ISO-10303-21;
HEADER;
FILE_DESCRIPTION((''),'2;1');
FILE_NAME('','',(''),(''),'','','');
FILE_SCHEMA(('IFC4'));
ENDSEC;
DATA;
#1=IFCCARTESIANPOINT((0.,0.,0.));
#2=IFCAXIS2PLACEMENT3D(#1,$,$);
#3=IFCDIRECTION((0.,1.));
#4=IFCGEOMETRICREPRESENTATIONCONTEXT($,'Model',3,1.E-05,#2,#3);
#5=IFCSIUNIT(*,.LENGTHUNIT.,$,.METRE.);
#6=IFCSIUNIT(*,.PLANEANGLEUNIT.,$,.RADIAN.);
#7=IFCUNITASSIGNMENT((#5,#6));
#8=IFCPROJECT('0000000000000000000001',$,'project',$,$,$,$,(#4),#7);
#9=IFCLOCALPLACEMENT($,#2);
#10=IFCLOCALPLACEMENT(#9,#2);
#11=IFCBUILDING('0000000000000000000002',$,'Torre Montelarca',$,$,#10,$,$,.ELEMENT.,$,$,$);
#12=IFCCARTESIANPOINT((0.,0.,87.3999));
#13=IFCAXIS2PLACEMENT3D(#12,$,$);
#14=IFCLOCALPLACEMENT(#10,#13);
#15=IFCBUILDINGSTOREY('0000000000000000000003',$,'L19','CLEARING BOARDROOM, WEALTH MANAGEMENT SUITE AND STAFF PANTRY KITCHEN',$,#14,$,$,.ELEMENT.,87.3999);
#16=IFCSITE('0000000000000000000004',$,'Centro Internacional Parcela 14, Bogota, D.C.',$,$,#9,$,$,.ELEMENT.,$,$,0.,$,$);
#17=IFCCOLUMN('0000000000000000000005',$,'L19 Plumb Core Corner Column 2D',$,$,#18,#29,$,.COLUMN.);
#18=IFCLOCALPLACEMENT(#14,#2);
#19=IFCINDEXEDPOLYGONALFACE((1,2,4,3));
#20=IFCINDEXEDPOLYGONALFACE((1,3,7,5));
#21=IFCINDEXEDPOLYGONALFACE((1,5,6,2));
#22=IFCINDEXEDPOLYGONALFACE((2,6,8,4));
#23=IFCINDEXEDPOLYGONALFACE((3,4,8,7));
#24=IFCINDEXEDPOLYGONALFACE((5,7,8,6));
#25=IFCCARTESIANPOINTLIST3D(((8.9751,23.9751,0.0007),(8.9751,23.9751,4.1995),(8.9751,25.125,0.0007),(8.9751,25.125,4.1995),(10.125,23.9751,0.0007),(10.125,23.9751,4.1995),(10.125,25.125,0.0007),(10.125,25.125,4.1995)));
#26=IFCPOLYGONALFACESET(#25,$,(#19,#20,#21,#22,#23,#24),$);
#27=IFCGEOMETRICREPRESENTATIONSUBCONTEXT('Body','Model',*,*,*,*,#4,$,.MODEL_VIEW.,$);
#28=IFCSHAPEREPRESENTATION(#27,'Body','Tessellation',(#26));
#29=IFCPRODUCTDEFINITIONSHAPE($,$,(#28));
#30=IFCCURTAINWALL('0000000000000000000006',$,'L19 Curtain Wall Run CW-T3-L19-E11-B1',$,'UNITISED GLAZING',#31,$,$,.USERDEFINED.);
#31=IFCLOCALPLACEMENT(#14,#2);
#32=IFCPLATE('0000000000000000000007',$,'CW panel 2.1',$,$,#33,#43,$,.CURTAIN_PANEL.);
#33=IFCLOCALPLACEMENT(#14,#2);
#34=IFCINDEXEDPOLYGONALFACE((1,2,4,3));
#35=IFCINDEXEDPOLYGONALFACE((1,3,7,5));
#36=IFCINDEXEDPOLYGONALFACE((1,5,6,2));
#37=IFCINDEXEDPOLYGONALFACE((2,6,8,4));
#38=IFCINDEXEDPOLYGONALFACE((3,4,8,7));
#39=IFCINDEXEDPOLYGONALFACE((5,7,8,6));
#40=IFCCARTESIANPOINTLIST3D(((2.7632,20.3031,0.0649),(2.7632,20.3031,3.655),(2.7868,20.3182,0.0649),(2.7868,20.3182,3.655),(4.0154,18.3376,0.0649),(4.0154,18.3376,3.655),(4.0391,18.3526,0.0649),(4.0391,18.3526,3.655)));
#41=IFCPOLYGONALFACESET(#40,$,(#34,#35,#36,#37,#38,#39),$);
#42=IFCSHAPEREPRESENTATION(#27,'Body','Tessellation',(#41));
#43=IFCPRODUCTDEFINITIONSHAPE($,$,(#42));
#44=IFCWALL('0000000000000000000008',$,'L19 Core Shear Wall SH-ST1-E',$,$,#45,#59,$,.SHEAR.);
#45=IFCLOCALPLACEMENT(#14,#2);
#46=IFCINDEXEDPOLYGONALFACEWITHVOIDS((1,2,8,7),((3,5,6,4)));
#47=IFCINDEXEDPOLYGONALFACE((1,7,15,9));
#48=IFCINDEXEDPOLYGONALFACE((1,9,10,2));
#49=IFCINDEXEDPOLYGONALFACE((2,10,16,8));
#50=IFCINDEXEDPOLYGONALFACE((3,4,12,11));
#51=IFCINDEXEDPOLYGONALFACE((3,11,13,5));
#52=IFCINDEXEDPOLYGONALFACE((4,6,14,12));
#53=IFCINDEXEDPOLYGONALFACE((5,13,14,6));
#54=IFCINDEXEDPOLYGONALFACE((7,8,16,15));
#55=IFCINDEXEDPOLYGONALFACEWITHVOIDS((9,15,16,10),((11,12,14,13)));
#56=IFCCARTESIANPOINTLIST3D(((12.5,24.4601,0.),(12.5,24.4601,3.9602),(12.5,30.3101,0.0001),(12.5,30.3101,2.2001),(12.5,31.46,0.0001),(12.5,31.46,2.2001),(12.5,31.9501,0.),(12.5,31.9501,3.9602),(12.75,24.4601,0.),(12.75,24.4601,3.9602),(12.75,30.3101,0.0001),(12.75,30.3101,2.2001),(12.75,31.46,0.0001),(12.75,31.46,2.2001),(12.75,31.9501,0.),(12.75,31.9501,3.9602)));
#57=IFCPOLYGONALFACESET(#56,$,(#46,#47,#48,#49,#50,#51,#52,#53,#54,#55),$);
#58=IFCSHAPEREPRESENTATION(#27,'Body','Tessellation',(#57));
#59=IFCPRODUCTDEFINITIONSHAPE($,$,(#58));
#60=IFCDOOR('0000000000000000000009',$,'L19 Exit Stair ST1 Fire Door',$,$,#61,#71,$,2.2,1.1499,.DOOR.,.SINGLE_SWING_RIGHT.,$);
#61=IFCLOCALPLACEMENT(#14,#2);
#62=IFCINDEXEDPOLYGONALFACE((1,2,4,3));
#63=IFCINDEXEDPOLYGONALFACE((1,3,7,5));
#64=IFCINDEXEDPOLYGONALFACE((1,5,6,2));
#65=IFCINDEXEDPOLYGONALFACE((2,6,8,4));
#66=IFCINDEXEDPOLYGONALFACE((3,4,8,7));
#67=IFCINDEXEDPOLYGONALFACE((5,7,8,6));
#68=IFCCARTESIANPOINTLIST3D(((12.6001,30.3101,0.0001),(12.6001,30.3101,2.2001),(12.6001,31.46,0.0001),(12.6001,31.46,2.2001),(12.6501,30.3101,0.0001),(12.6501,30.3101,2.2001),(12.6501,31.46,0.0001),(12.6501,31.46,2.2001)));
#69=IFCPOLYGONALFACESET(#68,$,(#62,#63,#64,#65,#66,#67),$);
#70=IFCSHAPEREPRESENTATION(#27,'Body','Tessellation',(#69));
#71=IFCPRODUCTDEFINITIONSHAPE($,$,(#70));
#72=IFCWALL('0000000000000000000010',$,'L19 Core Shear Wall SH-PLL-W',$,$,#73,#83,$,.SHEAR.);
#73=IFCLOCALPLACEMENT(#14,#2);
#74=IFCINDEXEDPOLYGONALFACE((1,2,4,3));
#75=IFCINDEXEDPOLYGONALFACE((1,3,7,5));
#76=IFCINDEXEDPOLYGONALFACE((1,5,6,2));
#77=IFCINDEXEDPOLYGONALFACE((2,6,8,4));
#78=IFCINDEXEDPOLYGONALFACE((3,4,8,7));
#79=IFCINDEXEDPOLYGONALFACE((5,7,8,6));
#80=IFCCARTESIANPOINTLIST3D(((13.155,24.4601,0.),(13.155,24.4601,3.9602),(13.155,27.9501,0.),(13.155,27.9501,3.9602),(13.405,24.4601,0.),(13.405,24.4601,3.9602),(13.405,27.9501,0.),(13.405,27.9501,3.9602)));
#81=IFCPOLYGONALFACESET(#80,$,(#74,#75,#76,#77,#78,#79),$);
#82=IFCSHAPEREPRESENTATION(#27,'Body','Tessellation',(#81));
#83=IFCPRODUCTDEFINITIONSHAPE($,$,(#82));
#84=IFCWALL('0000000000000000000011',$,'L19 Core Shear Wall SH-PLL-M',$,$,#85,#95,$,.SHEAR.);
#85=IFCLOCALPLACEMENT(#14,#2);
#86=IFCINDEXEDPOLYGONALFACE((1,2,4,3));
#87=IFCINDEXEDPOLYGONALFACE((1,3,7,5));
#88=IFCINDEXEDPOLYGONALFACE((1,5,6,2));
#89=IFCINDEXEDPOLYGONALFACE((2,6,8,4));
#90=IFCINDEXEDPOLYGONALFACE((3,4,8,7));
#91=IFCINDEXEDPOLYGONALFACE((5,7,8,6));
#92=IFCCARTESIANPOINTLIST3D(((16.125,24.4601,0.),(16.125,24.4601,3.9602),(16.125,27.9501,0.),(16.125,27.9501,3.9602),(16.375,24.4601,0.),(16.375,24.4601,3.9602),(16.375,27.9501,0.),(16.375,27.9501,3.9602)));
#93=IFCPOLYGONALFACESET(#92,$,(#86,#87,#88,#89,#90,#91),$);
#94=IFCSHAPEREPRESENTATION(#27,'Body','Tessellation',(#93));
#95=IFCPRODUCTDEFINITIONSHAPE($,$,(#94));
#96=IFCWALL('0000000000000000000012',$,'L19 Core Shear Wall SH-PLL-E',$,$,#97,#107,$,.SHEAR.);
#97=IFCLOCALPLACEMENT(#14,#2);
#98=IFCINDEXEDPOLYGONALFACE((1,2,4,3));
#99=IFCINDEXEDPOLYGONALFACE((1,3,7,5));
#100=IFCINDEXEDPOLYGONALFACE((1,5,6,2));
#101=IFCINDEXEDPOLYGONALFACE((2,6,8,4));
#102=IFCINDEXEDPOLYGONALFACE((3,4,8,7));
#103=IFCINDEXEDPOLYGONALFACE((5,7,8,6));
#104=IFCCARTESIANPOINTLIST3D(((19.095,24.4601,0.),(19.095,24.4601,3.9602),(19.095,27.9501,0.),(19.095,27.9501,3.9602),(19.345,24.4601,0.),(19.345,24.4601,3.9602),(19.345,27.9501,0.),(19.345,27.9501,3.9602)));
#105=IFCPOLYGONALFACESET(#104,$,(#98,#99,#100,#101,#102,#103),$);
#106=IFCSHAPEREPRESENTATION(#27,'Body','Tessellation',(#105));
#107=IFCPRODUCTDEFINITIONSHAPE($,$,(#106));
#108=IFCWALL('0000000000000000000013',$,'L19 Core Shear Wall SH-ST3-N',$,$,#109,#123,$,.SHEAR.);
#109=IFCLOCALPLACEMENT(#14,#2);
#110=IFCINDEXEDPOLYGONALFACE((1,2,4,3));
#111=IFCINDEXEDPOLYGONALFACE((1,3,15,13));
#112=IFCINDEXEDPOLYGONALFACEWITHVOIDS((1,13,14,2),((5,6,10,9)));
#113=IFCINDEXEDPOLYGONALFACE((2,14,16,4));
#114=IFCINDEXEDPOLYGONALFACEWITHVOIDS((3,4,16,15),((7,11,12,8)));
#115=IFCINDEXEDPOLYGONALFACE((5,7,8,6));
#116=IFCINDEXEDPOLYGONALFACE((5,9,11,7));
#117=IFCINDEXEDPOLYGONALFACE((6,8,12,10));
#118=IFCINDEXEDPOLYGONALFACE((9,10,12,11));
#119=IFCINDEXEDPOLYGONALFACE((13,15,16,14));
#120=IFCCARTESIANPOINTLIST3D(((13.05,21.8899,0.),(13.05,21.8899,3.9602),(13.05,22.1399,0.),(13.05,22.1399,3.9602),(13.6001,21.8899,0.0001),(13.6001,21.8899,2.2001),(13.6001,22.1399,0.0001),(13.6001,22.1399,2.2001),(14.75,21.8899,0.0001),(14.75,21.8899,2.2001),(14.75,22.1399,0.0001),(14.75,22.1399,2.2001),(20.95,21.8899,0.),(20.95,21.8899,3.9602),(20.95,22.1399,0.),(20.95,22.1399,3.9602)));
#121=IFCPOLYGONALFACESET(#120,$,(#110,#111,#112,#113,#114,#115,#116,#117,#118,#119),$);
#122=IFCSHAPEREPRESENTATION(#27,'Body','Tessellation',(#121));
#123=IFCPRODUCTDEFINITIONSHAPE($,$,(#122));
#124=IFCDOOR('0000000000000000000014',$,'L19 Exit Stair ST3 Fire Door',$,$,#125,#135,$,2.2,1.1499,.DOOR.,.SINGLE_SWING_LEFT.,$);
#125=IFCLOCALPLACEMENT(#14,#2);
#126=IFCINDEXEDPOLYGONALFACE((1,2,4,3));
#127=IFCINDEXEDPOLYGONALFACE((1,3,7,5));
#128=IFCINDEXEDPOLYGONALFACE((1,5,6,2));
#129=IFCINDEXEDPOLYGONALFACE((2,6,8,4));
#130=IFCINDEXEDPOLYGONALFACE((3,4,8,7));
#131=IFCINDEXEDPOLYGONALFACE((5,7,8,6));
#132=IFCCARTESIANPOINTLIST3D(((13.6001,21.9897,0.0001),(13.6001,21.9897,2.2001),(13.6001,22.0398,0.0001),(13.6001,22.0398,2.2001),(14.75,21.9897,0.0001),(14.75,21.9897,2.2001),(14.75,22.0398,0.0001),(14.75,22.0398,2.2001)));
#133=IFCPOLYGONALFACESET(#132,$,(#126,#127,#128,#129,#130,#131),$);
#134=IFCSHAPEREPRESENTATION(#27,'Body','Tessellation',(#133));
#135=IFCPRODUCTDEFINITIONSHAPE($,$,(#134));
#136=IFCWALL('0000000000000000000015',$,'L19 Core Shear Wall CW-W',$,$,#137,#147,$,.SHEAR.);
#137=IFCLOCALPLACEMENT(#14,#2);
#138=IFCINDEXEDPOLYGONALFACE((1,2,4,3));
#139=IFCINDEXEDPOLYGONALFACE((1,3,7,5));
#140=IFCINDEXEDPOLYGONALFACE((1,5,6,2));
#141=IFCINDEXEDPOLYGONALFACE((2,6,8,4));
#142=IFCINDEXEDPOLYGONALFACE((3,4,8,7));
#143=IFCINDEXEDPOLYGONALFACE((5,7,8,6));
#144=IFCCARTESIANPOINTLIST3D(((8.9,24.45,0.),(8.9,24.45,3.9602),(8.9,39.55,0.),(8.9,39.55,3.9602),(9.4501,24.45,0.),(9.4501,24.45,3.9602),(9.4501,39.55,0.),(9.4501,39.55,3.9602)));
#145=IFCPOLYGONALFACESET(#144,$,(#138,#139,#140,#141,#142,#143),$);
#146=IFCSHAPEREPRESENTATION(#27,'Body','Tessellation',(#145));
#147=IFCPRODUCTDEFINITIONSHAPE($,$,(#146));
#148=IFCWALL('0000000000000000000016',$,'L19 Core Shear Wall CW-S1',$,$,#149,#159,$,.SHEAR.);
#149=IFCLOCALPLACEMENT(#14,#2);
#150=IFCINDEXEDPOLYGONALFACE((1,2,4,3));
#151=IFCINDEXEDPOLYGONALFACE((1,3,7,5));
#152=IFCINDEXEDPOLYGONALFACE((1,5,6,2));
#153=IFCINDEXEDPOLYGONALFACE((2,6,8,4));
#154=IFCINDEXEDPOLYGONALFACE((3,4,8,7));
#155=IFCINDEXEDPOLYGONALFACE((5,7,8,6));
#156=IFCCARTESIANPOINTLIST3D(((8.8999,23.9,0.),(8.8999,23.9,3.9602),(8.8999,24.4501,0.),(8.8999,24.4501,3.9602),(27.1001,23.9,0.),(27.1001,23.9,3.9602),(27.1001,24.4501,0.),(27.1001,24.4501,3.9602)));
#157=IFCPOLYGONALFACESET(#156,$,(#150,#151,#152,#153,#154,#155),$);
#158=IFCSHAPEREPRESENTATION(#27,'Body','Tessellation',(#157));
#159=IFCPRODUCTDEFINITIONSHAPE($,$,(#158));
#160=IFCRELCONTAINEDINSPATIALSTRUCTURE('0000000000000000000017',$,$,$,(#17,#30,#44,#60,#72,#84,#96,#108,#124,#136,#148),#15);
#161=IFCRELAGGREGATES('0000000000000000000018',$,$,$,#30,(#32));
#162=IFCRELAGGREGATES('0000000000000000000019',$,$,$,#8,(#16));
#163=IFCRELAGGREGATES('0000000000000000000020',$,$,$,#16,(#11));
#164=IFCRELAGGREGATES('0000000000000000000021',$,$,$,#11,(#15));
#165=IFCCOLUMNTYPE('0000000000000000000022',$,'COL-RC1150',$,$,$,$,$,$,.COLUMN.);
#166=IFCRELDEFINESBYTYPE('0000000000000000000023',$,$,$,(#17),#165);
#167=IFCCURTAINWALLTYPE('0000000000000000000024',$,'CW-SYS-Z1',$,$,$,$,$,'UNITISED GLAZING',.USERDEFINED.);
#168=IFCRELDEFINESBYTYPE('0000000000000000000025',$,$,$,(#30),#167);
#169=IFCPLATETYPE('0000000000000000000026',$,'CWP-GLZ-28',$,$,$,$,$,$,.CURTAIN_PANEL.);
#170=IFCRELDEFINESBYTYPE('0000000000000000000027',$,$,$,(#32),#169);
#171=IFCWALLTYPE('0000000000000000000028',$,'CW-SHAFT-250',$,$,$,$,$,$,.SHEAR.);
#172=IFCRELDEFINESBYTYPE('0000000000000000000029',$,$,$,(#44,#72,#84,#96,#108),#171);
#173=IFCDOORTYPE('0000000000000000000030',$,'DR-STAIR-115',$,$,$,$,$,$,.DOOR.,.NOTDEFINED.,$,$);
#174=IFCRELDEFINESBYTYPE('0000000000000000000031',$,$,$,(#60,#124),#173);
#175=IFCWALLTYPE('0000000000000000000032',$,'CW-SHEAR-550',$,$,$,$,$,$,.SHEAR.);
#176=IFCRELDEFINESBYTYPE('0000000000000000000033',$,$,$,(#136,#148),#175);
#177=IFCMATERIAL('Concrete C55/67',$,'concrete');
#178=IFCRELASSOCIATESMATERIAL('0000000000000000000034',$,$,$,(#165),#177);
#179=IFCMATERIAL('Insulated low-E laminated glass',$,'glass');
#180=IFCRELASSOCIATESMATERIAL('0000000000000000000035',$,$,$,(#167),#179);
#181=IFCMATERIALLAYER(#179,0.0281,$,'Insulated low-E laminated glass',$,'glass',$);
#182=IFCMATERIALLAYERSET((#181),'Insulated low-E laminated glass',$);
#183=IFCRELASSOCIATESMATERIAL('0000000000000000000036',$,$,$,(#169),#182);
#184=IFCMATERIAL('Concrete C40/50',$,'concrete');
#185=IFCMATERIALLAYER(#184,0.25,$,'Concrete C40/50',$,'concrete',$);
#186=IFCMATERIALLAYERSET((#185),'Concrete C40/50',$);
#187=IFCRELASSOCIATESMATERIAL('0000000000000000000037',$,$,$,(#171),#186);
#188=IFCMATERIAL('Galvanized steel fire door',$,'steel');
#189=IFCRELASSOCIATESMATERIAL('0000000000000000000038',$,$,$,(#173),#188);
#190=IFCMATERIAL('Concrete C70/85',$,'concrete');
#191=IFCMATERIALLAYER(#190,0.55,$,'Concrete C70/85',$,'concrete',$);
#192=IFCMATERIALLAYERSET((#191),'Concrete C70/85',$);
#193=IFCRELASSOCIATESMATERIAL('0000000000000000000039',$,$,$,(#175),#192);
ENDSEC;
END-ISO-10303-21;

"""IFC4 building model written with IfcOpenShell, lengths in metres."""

from ifc_helpers import new_model, si_unit, direction, frame, frame_2d, origin, origin_2d, place, context, subcontext, project, spatial, rectangle, extrude, source, transform, mapped, material, layer, layer_set, material_profile, profile_set, type_object, element, fill, aggregate, save


model = new_model("IFC4")

# Units and contexts
model_context = context("Model", 3, precision=1e-05, world=origin(), true_north=direction((0.0, 1.0)))
body_context = subcontext(model_context, "Body", "Model", "MODEL_VIEW")
ifc_project = project(units=[si_unit("LENGTHUNIT", "METRE"), si_unit("PLANEANGLEUNIT", "RADIAN")], contexts=[model_context])

# Site, building, storey
site_placement = place(None, origin())
site = spatial("IfcSite", under=ifc_project, at=site_placement, Name="Centro Internacional Parcela 14, Bogota, D.C.", CompositionType="ELEMENT", RefElevation=0.0)
building_placement = place(site_placement, origin())
building = spatial("IfcBuilding", under=site, at=building_placement, Name="Torre Montelarca", CompositionType="ELEMENT")
storey_placement = place(building_placement, frame((0.0, 0.0, 87.3999)))
storey = spatial("IfcBuildingStorey", under=building, at=storey_placement, Name="L19", Description="CLEARING BOARDROOM, WEALTH MANAGEMENT SUITE AND STAFF PANTRY KITCHEN", CompositionType="ELEMENT", Elevation=87.3999)

# Column
ifc_material_1 = material(Name="Concrete C55/67", Category="concrete")
ifc_material_profile = material_profile(ifc_material_1, rectangle(XDim=1.1499, YDim=1.1499, at=origin_2d()), Name="RC1150X1150", Category="concrete")
ifc_profile_set = profile_set([ifc_material_profile], Name="Concrete C55/67")
column_type = type_object("IfcColumnType", Name="COL-RC1150", PredefinedType="COLUMN", material=ifc_profile_set)
shared_shape_1 = source(origin(), body_context, "Body", "SweptSolid", [
    extrude(rectangle(XDim=1.1499, YDim=1.1499, at=origin_2d()), origin(), (0.0, 0.0, 1.0), 4.1987),
])
column_placement = place(storey_placement, frame((9.55, 24.55, 0.0007), z_axis=(0.0, 0.0, 1.0), x_axis=(1.0, 0.0, 0.0)))
element("IfcColumn", 1, at=column_placement, inside=storey, type_object=column_type, Name="L19 Plumb Core Corner Column 2D", PredefinedType="COLUMN", context=body_context, shape_type="MappedRepresentation", body=[
    mapped(shared_shape_1, transform((0.0, 0.0, 0.0), scale=1.0)),
])

# Curtain wall, plate
ifc_material_2 = material(Name="Insulated low-E laminated glass", Category="glass")
curtain_wall_type = type_object("IfcCurtainWallType", Name="CW-SYS-Z1", ElementType="UNITISED GLAZING", PredefinedType="USERDEFINED", material=ifc_material_2)
curtain_wall_placement = place(storey_placement, origin())
curtain_wall = element("IfcCurtainWall", 2, at=curtain_wall_placement, inside=storey, type_object=curtain_wall_type, Name="L19 Curtain Wall Run CW-T3-L19-E11-B1", ObjectType="UNITISED GLAZING", PredefinedType="USERDEFINED")
ifc_layer_1 = layer(ifc_material_2, 0.0281, Name="Insulated low-E laminated glass", Category="glass")
ifc_layer_set_1 = layer_set([ifc_layer_1], Name="Insulated low-E laminated glass")
plate_type = type_object("IfcPlateType", Name="CWP-GLZ-28", PredefinedType="CURTAIN_PANEL", material=ifc_layer_set_1)
shared_shape_2 = source(origin(), body_context, "Body", "SweptSolid", [
    extrude(rectangle(XDim=2.3306, YDim=0.0281, at=origin_2d()), origin(), (0.0, 0.0, 1.0), 3.5901),
])
plate_placement = place(storey_placement, frame((3.4011, 19.3279, 0.0649), z_axis=(0.0, 0.0, 1.0), x_axis=(0.537311, -0.843384, 0.0)))
plate = element("IfcPlate", 3, at=plate_placement, type_object=plate_type, Name="CW panel 2.1", PredefinedType="CURTAIN_PANEL", context=body_context, shape_type="MappedRepresentation", body=[
    mapped(shared_shape_2, transform((0.0, 0.0, 0.0), scale=1.0)),
])
aggregate(curtain_wall, [plate])

# Wall, opening, door
ifc_material_3 = material(Name="Concrete C40/50", Category="concrete")
ifc_layer_2 = layer(ifc_material_3, 0.25, Name="Concrete C40/50", Category="concrete")
ifc_layer_set_2 = layer_set([ifc_layer_2], Name="Concrete C40/50")
wall_type_1 = type_object("IfcWallType", Name="CW-SHAFT-250", PredefinedType="SHEAR", material=ifc_layer_set_2)
wall_1_placement = place(storey_placement, frame((12.625, 24.46, 0.0), z_axis=(0.0, 0.0, 1.0), x_axis=(0.0, 1.0, 0.0)))
wall_1 = element("IfcWall", 4, at=wall_1_placement, inside=storey, type_object=wall_type_1, Name="L19 Core Shear Wall SH-ST1-E", PredefinedType="SHEAR", context=body_context, shape_type="SweptSolid", body=[
    extrude(rectangle(XDim=7.49, YDim=0.25, at=frame_2d((3.7451, 0.0))), origin(), (0.0, 0.0, 1.0), 3.9602),
])
opening_1_placement = place(wall_1_placement, frame((5.8501, 0.0, 0.0)))
opening_1 = element("IfcOpeningElement", 5, at=opening_1_placement, cuts=wall_1, PredefinedType="OPENING", context=body_context, shape_type="SweptSolid", body=[
    extrude(rectangle(XDim=1.1499, YDim=2.2, at=frame_2d((0.575, 1.1001))), frame((0.0, 0.135, 0.0), z_axis=(0.0, -1.0, 0.0), x_axis=(1.0, 0.0, 0.0)), (0.0, 0.0, 1.0), 0.27),
])
ifc_material_4 = material(Name="Galvanized steel fire door", Category="steel")
door_type_1 = type_object("IfcDoorType", Name="DR-STAIR-115", OperationType="NOTDEFINED", PredefinedType="DOOR", material=ifc_material_4)
shared_shape_3 = source(origin(), body_context, "Body", "SweptSolid", [
    extrude(rectangle(XDim=1.1499, YDim=2.2, at=frame_2d((0.575, 1.1001))), frame((0.0, 0.0249, 0.0), z_axis=(0.0, -1.0, 0.0), x_axis=(1.0, 0.0, 0.0)), (0.0, 0.0, 1.0), 0.05),
])
door_1_placement = place(opening_1_placement, origin())
door_1 = element("IfcDoor", 6, at=door_1_placement, inside=storey, type_object=door_type_1, Name="L19 Exit Stair ST1 Fire Door", OperationType="SINGLE_SWING_RIGHT", OverallHeight=2.2, OverallWidth=1.1499, PredefinedType="DOOR", context=body_context, shape_type="MappedRepresentation", body=[
    mapped(shared_shape_3, transform((0.0, 0.0, 0.0), scale=1.0)),
])
fill(opening_1, door_1)

# Walls
for number, where, z_axis, x_axis, name in (
    (7, (13.28, 24.46, 0.0), (0.0, 0.0, 1.0), (0.0, 1.0, 0.0), "L19 Core Shear Wall SH-PLL-W"),
    (8, (16.25, 24.46, 0.0), (0.0, 0.0, 1.0), (0.0, 1.0, 0.0), "L19 Core Shear Wall SH-PLL-M"),
    (9, (19.22, 24.46, 0.0), (0.0, 0.0, 1.0), (0.0, 1.0, 0.0), "L19 Core Shear Wall SH-PLL-E"),
):
    element("IfcWall", number, at=place(storey_placement, frame(where, z_axis=z_axis, x_axis=x_axis)), inside=storey, type_object=wall_type_1, Name=name, PredefinedType="SHEAR", context=body_context, shape_type="SweptSolid", body=[
        extrude(rectangle(XDim=3.49, YDim=0.25, at=frame_2d((1.7451, 0.0))), origin(), (0.0, 0.0, 1.0), 3.9602),
    ])

# Wall, opening, door
wall_2_placement = place(storey_placement, frame((13.05, 22.0149, 0.0), z_axis=(0.0, 0.0, 1.0), x_axis=(1.0, 0.0, 0.0)))
wall_2 = element("IfcWall", 10, at=wall_2_placement, inside=storey, type_object=wall_type_1, Name="L19 Core Shear Wall SH-ST3-N", PredefinedType="SHEAR", context=body_context, shape_type="SweptSolid", body=[
    extrude(rectangle(XDim=7.8999, YDim=0.25, at=frame_2d((3.95, 0.0))), origin(), (0.0, 0.0, 1.0), 3.9602),
])
opening_2_placement = place(wall_2_placement, frame((0.55, 0.0, 0.0)))
opening_2 = element("IfcOpeningElement", 11, at=opening_2_placement, cuts=wall_2, PredefinedType="OPENING", context=body_context, shape_type="SweptSolid", body=[
    extrude(rectangle(XDim=1.1499, YDim=2.2, at=frame_2d((0.575, 1.1001))), frame((0.0, 0.135, 0.0), z_axis=(0.0, -1.0, 0.0), x_axis=(1.0, 0.0, 0.0)), (0.0, 0.0, 1.0), 0.27),
])
door_2_placement = place(opening_2_placement, origin())
door_2 = element("IfcDoor", 12, at=door_2_placement, inside=storey, type_object=door_type_1, Name="L19 Exit Stair ST3 Fire Door", OperationType="SINGLE_SWING_LEFT", OverallHeight=2.2, OverallWidth=1.1499, PredefinedType="DOOR", context=body_context, shape_type="MappedRepresentation", body=[
    mapped(shared_shape_3, transform((0.0, 0.0, 0.0), scale=1.0)),
])
fill(opening_2, door_2)

# Walls
ifc_material_5 = material(Name="Concrete C70/85", Category="concrete")
ifc_layer_3 = layer(ifc_material_5, 0.55, Name="Concrete C70/85", Category="concrete")
ifc_layer_set_3 = layer_set([ifc_layer_3], Name="Concrete C70/85")
wall_type_2 = type_object("IfcWallType", Name="CW-SHEAR-550", PredefinedType="SHEAR", material=ifc_layer_set_3)
wall_3_placement = place(storey_placement, frame((9.175, 24.45, 0.0), z_axis=(0.0, 0.0, 1.0), x_axis=(0.0, 1.0, 0.0)))
element("IfcWall", 13, at=wall_3_placement, inside=storey, type_object=wall_type_2, Name="L19 Core Shear Wall CW-W", PredefinedType="SHEAR", context=body_context, shape_type="SweptSolid", body=[
    extrude(rectangle(XDim=15.1001, YDim=0.55, at=frame_2d((7.55, 0.0))), origin(), (0.0, 0.0, 1.0), 3.9602),
])
wall_4_placement = place(storey_placement, frame((8.8999, 24.175, 0.0), z_axis=(0.0, 0.0, 1.0), x_axis=(1.0, 0.0, 0.0)))
element("IfcWall", 14, at=wall_4_placement, inside=storey, type_object=wall_type_2, Name="L19 Core Shear Wall CW-S1", PredefinedType="SHEAR", context=body_context, shape_type="SweptSolid", body=[
    extrude(rectangle(XDim=18.2002, YDim=0.55, at=frame_2d((9.1001, 0.0))), origin(), (0.0, 0.0, 1.0), 3.9602),
])

save(model, "model.ifc")
